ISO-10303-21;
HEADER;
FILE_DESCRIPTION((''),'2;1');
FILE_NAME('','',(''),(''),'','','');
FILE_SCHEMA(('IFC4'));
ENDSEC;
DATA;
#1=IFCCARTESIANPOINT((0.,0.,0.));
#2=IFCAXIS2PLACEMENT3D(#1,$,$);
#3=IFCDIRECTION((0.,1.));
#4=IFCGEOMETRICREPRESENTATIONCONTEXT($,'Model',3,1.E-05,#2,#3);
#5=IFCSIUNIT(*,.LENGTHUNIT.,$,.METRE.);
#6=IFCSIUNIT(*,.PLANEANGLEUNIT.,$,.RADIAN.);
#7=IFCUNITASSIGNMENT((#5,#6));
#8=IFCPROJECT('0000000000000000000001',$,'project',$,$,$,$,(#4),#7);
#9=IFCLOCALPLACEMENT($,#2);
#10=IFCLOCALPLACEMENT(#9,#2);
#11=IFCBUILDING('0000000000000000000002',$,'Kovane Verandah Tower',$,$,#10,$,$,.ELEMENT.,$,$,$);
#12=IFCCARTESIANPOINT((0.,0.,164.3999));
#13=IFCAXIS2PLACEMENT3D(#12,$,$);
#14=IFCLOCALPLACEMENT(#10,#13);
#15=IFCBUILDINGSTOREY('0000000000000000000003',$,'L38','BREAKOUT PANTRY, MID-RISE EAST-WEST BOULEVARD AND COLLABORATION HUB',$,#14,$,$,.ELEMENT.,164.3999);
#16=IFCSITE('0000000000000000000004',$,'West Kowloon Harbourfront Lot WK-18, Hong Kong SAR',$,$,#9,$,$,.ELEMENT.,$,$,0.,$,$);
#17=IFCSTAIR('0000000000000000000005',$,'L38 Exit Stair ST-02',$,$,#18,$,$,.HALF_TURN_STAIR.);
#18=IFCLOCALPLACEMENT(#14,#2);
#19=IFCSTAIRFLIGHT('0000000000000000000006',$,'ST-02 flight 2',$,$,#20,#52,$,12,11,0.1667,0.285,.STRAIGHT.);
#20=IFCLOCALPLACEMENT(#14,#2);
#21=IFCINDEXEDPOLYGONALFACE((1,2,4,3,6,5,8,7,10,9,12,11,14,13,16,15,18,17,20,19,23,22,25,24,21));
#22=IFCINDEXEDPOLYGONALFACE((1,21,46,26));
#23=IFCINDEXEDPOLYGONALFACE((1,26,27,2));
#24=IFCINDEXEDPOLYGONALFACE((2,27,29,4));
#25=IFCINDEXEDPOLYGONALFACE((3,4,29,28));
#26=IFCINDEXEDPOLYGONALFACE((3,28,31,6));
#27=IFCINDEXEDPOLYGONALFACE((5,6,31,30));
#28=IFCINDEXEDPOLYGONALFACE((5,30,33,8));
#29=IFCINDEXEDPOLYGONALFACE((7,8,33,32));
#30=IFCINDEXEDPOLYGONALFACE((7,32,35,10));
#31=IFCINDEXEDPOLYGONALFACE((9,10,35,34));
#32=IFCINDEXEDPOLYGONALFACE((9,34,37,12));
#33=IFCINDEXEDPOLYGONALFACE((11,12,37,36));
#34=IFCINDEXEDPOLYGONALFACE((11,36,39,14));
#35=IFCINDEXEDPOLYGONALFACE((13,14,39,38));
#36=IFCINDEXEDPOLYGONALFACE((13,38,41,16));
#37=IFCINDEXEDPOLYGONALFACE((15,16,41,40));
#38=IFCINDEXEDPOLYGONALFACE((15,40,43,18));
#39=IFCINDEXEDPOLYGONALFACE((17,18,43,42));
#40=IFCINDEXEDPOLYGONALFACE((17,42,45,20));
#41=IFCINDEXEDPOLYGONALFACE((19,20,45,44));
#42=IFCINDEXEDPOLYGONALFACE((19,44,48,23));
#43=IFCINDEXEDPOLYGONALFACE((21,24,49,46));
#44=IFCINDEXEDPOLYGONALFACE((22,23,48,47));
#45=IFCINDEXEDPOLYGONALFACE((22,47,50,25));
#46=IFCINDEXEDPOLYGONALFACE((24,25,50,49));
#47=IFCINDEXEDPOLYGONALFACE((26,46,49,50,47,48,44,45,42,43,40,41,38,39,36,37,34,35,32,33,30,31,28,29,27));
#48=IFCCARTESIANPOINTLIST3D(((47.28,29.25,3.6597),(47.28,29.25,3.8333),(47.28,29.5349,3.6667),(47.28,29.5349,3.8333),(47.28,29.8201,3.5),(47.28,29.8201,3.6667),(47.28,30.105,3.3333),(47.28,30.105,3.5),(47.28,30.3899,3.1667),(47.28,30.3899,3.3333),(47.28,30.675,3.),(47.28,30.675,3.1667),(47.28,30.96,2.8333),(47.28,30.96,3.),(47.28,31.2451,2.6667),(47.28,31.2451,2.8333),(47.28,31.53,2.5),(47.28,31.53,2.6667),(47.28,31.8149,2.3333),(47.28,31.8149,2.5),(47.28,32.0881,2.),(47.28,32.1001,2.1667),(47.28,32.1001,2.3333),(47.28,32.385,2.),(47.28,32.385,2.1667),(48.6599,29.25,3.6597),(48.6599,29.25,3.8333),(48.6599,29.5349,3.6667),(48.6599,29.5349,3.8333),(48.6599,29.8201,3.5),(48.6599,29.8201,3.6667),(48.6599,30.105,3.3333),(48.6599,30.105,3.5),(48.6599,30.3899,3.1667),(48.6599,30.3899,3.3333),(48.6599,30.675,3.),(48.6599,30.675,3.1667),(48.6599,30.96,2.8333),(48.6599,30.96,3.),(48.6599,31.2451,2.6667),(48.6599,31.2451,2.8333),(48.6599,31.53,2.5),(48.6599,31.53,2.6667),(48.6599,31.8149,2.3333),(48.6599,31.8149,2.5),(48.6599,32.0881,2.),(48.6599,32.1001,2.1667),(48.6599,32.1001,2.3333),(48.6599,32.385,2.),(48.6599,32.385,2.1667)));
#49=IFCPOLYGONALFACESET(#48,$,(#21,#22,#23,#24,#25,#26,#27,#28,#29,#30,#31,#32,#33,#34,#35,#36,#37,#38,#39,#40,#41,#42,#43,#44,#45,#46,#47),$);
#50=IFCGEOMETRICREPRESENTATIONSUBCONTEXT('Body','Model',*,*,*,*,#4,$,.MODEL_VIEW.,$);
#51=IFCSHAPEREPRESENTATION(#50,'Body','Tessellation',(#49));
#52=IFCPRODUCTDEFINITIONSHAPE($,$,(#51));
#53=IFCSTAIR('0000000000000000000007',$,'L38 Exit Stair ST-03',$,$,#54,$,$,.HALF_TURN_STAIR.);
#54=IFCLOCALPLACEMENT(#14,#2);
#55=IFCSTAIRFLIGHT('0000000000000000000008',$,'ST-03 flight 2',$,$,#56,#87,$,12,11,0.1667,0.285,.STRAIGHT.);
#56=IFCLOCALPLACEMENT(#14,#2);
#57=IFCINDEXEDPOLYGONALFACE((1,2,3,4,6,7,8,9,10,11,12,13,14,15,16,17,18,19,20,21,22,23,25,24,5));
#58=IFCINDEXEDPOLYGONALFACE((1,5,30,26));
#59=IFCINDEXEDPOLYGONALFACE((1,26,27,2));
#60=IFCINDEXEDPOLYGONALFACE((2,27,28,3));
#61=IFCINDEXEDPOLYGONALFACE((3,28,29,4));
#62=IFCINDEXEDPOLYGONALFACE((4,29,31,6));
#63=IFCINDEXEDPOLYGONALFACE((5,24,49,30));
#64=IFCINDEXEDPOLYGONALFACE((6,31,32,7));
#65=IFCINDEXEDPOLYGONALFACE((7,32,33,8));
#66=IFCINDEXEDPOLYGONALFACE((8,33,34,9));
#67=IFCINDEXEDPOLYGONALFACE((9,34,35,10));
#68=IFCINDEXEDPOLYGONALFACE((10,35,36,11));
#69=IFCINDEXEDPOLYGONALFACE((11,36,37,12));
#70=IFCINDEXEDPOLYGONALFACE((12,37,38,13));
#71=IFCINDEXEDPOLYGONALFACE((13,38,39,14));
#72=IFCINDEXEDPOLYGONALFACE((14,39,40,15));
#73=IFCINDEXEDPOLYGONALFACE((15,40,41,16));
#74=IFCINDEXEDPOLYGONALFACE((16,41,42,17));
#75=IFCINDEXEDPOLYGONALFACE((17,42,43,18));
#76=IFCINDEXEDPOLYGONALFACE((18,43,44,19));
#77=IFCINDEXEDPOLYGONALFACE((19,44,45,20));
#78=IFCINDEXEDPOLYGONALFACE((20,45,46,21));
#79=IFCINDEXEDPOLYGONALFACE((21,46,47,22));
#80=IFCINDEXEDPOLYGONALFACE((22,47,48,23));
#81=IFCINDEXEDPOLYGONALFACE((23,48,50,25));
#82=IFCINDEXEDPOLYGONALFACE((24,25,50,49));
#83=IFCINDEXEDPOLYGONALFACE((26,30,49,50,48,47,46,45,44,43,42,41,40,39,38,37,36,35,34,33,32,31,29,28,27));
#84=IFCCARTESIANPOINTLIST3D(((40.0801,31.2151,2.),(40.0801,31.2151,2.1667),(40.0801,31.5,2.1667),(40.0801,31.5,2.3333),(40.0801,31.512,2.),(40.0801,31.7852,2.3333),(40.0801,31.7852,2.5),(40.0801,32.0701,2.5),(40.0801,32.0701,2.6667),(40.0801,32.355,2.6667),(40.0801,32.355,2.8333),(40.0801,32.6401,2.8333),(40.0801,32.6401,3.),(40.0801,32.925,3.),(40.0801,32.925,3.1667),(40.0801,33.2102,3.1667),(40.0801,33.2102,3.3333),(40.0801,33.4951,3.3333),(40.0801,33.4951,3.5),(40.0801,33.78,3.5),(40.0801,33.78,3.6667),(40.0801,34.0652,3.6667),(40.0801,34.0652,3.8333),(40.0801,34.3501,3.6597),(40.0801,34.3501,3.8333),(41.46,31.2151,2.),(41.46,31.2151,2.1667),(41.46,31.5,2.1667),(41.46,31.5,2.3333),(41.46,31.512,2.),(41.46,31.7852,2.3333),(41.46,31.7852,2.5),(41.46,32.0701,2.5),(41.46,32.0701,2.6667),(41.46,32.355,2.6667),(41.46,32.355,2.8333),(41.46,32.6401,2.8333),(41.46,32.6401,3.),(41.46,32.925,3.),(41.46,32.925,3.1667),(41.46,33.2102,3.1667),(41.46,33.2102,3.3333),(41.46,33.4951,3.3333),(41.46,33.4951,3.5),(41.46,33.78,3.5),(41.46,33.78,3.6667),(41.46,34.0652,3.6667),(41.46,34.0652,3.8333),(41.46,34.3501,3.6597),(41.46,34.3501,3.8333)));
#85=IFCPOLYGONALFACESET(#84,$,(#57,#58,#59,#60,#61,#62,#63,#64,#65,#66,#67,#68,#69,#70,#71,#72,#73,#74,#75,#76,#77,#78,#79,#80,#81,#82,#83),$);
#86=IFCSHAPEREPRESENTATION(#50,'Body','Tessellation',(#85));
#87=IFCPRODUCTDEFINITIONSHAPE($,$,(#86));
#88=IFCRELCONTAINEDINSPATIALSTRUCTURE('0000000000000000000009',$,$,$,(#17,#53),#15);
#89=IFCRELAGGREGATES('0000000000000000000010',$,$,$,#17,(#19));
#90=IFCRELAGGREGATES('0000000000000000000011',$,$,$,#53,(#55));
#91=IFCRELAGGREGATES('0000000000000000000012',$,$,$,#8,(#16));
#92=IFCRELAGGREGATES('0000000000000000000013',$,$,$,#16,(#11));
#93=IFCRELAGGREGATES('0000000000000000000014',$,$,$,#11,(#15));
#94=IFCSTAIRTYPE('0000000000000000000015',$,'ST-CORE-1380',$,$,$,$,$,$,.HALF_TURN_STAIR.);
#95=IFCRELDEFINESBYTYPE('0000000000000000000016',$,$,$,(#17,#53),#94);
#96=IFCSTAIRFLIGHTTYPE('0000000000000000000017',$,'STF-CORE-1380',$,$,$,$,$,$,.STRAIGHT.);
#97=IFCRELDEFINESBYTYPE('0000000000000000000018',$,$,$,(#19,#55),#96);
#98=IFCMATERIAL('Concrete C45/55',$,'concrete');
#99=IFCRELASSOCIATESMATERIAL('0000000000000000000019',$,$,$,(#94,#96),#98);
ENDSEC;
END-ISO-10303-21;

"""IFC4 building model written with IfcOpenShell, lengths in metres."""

from ifc_helpers import new_model, si_unit, direction, frame, origin, place, context, subcontext, project, spatial, polyline, outline, extrude, material, type_object, element, aggregate, save


model = new_model("IFC4")

# Units and contexts
model_context = context("Model", 3, precision=1e-05, world=origin(), true_north=direction((0.0, 1.0)))
body_context = subcontext(model_context, "Body", "Model", "MODEL_VIEW")
ifc_project = project(units=[si_unit("LENGTHUNIT", "METRE"), si_unit("PLANEANGLEUNIT", "RADIAN")], contexts=[model_context])

# Site, building, storey
site_placement = place(None, origin())
site = spatial("IfcSite", under=ifc_project, at=site_placement, Name="West Kowloon Harbourfront Lot WK-18, Hong Kong SAR", CompositionType="ELEMENT", RefElevation=0.0)
building_placement = place(site_placement, origin())
building = spatial("IfcBuilding", under=site, at=building_placement, Name="Kovane Verandah Tower", CompositionType="ELEMENT")
storey_placement = place(building_placement, frame((0.0, 0.0, 164.3999)))
storey = spatial("IfcBuildingStorey", under=building, at=storey_placement, Name="L38", Description="BREAKOUT PANTRY, MID-RISE EAST-WEST BOULEVARD AND COLLABORATION HUB", CompositionType="ELEMENT", Elevation=164.3999)

# Shared definitions
ifc_material_1 = material(Name="Concrete C45/55", Category="concrete")

# Stairs, stair flights
stair_type = type_object("IfcStairType", Name="ST-CORE-1380", PredefinedType="HALF_TURN_STAIR", material=ifc_material_1)
stair_1_placement = place(storey_placement, origin())
stair_1 = element("IfcStair", 1, at=stair_1_placement, inside=storey, type_object=stair_type, Name="L38 Exit Stair ST-02", PredefinedType="HALF_TURN_STAIR")
stair_flight_type = type_object("IfcStairFlightType", Name="STF-CORE-1380", PredefinedType="STRAIGHT", material=ifc_material_1)
stair_flight_1_placement = place(storey_placement, frame((47.97, 32.385, 2.0), z_axis=(0.0, 0.0, 1.0), x_axis=(0.0, -1.0, 0.0)))
stair_flight_1 = element("IfcStairFlight", 2, at=stair_flight_1_placement, type_object=stair_flight_type, Name="ST-02 flight 2", NumberOfRisers=12, NumberOfTreads=11, PredefinedType="STRAIGHT", RiserHeight=0.1667, TreadLength=0.285, context=body_context, shape_type="SweptSolid", body=[
    extrude(outline(polyline([(0.0, 0.0), (0.0, 0.1667), (0.2849, 0.1667), (0.2849, 0.3333), (0.5701, 0.3333), (0.5701, 0.5), (0.855, 0.5), (0.855, 0.6667), (1.1399, 0.6667), (1.1399, 0.8333), (1.425, 0.8333), (1.425, 1.0), (1.71, 1.0), (1.71, 1.1667), (1.9951, 1.1667), (1.9951, 1.3333), (2.28, 1.3333), (2.28, 1.5), (2.5649, 1.5), (2.5649, 1.6667), (2.8501, 1.6667), (2.8501, 1.8333), (3.135, 1.8333), (3.135, 2.0), (3.135, 1.6597), (0.2969, 0.0), (0.0, 0.0)])), frame((0.0, 0.6899, 0.0), z_axis=(0.0, -1.0, 0.0), x_axis=(1.0, 0.0, 0.0)), (0.0, 0.0, 1.0), 1.3799),
])
aggregate(stair_1, [stair_flight_1])
stair_2_placement = place(storey_placement, origin())
stair_2 = element("IfcStair", 3, at=stair_2_placement, inside=storey, type_object=stair_type, Name="L38 Exit Stair ST-03", PredefinedType="HALF_TURN_STAIR")
stair_flight_2_placement = place(storey_placement, frame((40.77, 31.2151, 2.0), z_axis=(0.0, 0.0, 1.0), x_axis=(0.0, 1.0, 0.0)))
stair_flight_2 = element("IfcStairFlight", 4, at=stair_flight_2_placement, type_object=stair_flight_type, Name="ST-03 flight 2", NumberOfRisers=12, NumberOfTreads=11, PredefinedType="STRAIGHT", RiserHeight=0.1667, TreadLength=0.285, context=body_context, shape_type="SweptSolid", body=[
    extrude(outline(polyline([(0.0, 0.0), (0.0, 0.1667), (0.2849, 0.1667), (0.2849, 0.3333), (0.5701, 0.3333), (0.5701, 0.5), (0.855, 0.5), (0.855, 0.6667), (1.1399, 0.6667), (1.1399, 0.8333), (1.425, 0.8333), (1.425, 1.0), (1.71, 1.0), (1.71, 1.1667), (1.9951, 1.1667), (1.9951, 1.3333), (2.28, 1.3333), (2.28, 1.5), (2.5649, 1.5), (2.5649, 1.6667), (2.8501, 1.6667), (2.8501, 1.8333), (3.135, 1.8333), (3.135, 2.0), (3.135, 1.6597), (0.2969, 0.0), (0.0, 0.0)])), frame((0.0, 0.6899, 0.0), z_axis=(0.0, -1.0, 0.0), x_axis=(1.0, 0.0, 0.0)), (0.0, 0.0, 1.0), 1.3799),
])
aggregate(stair_2, [stair_flight_2])

save(model, "model.ifc")
